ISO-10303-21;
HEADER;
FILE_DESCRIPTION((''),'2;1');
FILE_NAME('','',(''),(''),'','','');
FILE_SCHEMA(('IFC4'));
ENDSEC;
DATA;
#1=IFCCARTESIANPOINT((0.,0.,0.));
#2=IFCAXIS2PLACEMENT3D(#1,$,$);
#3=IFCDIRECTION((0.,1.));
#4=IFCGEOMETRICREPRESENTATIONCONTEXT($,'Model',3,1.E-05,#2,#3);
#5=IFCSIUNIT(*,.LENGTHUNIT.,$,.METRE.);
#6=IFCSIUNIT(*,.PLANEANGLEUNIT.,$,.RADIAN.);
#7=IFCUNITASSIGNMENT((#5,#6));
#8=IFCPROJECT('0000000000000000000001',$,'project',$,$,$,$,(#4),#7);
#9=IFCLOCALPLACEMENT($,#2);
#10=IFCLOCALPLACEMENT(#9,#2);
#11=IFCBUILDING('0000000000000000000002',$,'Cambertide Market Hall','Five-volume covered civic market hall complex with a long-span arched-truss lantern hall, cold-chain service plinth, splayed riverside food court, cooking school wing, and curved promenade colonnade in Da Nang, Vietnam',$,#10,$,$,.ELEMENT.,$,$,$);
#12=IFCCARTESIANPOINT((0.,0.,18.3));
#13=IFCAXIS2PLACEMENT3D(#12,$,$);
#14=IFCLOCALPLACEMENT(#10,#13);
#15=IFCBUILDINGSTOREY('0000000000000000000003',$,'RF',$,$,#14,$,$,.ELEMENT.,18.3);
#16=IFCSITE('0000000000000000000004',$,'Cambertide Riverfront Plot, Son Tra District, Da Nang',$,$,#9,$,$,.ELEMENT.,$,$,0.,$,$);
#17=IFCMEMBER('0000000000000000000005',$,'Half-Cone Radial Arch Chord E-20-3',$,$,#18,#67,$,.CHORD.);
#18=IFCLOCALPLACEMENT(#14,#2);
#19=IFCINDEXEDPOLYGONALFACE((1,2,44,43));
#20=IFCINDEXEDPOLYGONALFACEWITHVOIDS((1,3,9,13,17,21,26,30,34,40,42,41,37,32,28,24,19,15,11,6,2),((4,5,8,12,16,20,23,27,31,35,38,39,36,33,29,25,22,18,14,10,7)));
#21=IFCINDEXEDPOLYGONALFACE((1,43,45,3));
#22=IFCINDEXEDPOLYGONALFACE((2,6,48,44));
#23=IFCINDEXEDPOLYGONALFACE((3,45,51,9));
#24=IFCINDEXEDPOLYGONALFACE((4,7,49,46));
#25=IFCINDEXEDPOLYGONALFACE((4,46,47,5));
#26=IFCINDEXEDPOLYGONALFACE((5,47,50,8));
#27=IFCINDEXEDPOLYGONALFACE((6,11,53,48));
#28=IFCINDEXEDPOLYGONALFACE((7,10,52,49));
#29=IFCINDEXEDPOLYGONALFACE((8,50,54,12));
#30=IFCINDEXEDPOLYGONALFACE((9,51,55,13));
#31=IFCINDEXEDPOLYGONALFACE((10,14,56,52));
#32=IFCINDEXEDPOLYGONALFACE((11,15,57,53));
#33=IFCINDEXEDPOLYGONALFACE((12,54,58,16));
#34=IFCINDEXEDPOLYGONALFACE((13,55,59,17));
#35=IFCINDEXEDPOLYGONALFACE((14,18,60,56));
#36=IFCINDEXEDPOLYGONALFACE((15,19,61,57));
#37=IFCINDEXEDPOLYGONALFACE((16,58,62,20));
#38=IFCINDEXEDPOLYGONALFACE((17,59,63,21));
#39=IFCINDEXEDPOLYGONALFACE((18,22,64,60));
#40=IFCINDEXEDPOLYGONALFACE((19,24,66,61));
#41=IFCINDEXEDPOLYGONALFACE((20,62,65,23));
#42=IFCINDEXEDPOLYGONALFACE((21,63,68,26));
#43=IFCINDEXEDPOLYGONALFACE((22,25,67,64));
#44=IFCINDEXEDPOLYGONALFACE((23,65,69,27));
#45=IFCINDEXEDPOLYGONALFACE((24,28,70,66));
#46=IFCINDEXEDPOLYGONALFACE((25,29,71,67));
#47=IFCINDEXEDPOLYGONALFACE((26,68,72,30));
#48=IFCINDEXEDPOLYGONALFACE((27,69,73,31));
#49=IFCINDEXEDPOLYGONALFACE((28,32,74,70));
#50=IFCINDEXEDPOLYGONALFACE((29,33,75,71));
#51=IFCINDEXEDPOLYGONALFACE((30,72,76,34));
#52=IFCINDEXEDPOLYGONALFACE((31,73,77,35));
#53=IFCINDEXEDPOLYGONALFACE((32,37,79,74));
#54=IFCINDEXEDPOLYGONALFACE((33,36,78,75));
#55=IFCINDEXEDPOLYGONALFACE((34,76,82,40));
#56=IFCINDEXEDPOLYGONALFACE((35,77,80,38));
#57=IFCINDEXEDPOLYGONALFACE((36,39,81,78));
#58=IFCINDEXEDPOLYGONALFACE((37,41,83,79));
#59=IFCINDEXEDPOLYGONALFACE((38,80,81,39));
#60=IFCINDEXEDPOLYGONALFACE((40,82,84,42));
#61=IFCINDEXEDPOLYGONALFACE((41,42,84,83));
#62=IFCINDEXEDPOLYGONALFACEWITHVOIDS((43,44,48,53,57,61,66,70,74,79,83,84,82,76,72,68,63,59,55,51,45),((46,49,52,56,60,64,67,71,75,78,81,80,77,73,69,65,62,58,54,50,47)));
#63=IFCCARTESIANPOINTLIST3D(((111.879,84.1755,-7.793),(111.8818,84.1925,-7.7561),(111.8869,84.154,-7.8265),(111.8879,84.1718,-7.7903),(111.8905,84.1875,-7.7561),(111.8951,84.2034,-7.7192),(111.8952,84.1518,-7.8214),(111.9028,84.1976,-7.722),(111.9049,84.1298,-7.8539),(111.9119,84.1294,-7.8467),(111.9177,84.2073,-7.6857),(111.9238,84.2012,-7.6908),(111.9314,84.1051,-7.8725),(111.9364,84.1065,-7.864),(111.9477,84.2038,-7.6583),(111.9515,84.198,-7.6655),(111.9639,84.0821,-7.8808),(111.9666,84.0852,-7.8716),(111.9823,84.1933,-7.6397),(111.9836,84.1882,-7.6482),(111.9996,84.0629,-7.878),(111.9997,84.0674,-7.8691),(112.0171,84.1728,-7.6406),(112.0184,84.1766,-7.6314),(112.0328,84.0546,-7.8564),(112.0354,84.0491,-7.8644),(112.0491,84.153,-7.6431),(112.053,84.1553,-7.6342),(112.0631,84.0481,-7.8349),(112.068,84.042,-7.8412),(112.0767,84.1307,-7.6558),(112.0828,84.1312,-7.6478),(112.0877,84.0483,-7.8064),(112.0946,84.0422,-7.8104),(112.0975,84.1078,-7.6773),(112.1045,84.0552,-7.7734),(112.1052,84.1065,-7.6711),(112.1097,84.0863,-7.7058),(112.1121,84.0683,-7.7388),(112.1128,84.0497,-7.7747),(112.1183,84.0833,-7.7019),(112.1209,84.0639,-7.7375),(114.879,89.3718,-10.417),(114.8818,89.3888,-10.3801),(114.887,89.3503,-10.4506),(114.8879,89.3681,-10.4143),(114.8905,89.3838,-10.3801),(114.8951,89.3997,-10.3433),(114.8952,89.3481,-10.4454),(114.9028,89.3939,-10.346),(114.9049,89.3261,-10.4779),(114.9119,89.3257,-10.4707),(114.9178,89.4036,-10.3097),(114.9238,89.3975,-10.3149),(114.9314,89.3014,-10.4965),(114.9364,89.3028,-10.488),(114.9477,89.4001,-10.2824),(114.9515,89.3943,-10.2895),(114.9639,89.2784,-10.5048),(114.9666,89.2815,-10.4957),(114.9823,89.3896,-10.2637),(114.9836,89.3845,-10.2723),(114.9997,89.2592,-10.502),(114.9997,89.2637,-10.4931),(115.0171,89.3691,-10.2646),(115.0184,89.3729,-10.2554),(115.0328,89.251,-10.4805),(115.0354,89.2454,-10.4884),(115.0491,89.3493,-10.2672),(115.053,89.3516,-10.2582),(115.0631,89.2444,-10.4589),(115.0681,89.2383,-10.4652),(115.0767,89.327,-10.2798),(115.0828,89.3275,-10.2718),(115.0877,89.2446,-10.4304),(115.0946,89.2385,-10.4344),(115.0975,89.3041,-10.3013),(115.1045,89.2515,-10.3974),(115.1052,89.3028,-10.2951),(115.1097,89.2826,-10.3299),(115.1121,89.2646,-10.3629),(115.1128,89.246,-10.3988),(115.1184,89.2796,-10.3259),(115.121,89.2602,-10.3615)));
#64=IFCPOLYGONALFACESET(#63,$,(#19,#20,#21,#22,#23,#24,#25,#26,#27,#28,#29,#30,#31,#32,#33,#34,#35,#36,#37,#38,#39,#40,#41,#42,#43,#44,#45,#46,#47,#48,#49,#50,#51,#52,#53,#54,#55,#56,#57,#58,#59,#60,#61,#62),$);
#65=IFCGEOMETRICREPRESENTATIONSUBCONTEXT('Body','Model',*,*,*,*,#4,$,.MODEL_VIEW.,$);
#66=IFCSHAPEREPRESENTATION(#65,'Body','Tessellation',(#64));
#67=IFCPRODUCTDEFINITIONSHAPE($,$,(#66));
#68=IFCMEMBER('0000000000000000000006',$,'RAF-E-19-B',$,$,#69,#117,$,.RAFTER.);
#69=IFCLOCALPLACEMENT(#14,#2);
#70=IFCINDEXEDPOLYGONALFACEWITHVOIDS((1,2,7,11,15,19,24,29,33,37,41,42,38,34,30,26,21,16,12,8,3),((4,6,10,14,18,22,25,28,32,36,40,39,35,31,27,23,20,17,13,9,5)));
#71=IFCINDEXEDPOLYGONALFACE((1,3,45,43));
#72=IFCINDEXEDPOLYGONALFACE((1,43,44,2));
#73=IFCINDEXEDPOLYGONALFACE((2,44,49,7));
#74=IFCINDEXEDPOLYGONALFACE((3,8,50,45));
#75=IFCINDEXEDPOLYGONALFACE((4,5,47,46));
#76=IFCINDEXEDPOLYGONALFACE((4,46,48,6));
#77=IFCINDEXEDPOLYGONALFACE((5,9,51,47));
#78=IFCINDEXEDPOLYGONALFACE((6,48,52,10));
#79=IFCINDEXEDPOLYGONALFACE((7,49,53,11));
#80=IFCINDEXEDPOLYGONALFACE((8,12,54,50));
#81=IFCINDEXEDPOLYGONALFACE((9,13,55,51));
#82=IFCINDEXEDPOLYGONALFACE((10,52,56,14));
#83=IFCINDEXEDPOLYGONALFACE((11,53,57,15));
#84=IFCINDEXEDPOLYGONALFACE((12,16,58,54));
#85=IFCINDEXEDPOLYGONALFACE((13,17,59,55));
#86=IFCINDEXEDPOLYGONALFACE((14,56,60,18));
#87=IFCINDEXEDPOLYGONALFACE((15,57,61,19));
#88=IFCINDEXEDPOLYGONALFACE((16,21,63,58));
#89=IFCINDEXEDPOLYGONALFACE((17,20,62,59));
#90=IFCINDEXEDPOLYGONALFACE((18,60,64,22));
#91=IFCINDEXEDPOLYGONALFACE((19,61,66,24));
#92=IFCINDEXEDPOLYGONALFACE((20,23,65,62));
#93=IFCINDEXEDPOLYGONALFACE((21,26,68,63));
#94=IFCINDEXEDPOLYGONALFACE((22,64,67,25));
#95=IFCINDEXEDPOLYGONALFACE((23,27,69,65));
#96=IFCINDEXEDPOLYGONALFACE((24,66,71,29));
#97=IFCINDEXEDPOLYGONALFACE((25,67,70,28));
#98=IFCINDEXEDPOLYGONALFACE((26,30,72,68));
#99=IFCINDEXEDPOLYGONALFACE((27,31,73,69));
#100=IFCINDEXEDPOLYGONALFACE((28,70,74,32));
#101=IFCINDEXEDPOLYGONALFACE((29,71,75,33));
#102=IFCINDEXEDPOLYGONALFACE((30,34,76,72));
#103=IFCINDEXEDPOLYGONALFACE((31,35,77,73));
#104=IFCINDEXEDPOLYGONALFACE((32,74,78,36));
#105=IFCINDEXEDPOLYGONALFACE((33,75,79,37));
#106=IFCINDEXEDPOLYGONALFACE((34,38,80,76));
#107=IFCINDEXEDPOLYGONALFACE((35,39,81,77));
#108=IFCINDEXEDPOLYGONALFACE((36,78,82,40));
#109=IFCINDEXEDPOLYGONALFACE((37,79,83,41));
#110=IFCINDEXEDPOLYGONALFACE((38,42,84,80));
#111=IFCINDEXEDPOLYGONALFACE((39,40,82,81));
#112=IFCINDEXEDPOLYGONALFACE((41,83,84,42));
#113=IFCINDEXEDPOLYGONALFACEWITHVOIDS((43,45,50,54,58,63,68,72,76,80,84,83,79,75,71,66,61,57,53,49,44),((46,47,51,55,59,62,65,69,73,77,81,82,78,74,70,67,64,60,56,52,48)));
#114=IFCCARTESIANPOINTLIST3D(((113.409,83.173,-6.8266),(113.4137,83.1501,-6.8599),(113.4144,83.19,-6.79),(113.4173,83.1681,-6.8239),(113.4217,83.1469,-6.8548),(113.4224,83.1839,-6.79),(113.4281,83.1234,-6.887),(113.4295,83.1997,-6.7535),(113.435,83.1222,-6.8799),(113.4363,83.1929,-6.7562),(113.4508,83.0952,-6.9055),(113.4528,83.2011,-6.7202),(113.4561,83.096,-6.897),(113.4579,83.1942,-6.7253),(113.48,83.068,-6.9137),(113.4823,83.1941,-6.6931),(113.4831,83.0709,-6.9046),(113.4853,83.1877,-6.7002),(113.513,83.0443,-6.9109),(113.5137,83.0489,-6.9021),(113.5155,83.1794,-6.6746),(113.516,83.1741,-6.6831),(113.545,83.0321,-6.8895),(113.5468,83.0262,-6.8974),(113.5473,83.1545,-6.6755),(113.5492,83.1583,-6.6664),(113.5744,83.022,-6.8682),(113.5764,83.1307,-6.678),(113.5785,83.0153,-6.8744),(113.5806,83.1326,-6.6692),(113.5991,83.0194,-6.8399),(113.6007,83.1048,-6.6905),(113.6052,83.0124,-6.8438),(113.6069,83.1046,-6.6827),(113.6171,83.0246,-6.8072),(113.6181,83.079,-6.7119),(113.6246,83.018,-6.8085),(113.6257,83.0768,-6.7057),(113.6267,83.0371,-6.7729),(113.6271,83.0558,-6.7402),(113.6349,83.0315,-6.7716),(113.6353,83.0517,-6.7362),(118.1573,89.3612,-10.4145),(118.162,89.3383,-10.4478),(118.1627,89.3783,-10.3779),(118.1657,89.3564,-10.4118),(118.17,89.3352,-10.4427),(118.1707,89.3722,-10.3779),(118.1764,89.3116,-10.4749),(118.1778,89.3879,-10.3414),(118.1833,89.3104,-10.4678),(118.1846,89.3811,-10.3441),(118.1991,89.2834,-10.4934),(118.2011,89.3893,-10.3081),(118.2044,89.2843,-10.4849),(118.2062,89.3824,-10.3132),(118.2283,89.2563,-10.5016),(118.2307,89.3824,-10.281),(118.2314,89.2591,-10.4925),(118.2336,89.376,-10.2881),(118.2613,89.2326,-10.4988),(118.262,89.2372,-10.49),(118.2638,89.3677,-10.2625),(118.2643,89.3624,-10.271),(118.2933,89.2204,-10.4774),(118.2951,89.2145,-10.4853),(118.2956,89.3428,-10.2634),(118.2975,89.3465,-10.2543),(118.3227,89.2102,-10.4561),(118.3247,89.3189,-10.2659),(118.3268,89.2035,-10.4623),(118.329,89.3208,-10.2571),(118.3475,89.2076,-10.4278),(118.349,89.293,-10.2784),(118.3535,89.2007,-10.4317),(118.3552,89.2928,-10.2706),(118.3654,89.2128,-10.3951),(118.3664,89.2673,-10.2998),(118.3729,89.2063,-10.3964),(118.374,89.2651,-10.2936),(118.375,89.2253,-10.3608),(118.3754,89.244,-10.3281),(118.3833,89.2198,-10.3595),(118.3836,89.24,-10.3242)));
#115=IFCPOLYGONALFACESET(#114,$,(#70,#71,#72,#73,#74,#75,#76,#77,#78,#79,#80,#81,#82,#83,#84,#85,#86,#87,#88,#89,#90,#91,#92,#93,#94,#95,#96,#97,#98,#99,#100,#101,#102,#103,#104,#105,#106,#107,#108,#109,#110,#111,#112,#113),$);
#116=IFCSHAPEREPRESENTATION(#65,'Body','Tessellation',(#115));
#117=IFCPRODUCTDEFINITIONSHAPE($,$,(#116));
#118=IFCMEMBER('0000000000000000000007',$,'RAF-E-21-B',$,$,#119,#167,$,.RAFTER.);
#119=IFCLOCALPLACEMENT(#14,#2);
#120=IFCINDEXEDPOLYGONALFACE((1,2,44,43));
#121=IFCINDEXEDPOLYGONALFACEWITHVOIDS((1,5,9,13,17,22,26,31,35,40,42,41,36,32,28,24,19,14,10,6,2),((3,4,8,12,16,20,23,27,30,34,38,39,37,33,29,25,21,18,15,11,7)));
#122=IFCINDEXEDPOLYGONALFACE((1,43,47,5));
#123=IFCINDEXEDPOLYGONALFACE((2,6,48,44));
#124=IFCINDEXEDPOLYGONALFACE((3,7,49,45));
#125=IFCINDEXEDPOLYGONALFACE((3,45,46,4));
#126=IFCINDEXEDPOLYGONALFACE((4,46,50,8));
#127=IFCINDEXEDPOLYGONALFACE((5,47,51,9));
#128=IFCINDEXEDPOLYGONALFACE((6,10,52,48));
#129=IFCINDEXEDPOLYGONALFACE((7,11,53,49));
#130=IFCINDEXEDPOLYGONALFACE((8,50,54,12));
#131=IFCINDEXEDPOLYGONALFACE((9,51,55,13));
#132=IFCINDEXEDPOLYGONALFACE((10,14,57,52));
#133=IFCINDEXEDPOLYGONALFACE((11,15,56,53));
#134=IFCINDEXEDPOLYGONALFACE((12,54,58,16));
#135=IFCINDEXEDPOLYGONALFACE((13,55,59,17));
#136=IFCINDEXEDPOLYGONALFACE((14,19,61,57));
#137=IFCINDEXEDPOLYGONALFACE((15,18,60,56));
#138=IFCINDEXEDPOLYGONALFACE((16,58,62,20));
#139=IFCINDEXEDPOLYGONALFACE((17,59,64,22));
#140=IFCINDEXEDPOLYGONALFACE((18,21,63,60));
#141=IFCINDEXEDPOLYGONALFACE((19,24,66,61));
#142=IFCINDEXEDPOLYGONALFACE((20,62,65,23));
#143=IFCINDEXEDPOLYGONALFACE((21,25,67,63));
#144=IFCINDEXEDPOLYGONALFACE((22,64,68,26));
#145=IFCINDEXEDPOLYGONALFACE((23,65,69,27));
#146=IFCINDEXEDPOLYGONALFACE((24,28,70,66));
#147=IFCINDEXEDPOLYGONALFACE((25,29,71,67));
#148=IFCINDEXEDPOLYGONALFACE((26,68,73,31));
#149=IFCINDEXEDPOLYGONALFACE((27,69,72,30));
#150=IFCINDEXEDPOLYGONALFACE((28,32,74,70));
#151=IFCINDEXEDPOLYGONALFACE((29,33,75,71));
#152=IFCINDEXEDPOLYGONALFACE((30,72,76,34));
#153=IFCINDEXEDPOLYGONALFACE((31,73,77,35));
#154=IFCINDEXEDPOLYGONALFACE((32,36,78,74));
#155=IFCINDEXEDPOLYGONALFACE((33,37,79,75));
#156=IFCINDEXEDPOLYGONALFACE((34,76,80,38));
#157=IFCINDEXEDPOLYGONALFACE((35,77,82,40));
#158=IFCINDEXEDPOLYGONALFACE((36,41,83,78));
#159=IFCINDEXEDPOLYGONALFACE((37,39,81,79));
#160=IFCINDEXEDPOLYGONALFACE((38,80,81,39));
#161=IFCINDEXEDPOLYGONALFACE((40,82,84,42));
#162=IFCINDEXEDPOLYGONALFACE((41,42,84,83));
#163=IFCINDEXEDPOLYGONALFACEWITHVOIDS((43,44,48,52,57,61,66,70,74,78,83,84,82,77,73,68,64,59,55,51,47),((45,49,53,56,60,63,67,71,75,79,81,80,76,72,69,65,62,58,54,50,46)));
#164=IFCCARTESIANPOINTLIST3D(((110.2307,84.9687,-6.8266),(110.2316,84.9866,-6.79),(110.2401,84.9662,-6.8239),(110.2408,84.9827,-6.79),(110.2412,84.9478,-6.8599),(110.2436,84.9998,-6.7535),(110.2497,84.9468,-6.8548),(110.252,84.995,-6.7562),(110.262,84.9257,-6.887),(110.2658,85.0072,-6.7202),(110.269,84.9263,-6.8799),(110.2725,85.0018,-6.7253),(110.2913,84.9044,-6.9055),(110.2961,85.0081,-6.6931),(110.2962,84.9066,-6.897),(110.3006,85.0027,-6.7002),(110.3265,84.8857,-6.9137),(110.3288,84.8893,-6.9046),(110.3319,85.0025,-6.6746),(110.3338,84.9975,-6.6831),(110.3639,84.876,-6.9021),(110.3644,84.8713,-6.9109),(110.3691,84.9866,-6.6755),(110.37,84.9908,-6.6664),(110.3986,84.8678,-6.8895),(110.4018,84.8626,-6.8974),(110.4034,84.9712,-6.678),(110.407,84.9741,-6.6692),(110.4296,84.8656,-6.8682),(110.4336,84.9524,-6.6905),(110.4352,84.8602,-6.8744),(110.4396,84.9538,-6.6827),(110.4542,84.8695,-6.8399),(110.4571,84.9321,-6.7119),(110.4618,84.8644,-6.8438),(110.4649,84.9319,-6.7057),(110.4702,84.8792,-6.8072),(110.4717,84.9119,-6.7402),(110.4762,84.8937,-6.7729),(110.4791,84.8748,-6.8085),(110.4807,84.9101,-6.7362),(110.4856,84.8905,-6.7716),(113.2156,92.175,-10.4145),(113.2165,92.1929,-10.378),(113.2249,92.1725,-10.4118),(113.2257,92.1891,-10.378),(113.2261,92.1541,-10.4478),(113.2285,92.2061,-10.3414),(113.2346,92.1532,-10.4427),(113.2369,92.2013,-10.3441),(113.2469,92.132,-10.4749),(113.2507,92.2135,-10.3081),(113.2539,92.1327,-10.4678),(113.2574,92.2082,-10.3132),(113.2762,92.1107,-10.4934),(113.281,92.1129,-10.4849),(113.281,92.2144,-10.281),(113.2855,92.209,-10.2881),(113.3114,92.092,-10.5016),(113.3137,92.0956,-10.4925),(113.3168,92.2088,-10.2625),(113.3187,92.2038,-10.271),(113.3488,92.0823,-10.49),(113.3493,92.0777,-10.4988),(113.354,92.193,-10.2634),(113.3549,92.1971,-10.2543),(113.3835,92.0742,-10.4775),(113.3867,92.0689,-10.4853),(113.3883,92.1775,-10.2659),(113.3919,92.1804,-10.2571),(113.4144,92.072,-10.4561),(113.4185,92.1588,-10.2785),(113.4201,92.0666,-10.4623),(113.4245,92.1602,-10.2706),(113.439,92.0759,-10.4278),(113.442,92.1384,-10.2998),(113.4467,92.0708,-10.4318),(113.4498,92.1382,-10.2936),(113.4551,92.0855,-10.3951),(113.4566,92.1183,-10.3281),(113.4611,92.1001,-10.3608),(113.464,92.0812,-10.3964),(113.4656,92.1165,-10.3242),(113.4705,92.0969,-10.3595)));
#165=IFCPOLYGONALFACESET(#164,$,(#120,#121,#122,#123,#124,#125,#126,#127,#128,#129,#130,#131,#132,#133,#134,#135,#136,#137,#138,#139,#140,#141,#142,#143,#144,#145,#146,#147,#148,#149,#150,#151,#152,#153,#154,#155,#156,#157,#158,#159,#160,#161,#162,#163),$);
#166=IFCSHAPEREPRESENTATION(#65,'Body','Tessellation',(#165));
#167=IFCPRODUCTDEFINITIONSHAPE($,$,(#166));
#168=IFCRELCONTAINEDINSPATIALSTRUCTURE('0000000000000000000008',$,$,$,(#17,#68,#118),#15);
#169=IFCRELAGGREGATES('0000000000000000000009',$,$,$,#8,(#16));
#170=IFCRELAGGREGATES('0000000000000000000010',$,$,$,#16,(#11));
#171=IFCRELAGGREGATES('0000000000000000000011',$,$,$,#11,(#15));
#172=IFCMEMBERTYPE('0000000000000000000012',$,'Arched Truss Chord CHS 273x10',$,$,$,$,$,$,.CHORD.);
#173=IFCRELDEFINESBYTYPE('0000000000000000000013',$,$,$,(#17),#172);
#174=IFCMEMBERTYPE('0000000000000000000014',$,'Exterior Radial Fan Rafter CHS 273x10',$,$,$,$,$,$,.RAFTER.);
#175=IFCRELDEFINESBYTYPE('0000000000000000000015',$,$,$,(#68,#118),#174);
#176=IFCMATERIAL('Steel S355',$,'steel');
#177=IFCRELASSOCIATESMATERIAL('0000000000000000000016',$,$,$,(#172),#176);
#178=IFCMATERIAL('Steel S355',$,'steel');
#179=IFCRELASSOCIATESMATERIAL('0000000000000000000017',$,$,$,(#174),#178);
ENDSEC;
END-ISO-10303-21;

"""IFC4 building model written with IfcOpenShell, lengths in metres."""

from ifc_helpers import new_model, si_unit, direction, frame, origin, origin_2d, place, context, subcontext, project, spatial, hollow_circle, extrude, material, material_profile, profile_set, type_object, element, save


model = new_model("IFC4")

# Units and contexts
model_context = context("Model", 3, precision=1e-05, world=origin(), true_north=direction((0.0, 1.0)))
body_context = subcontext(model_context, "Body", "Model", "MODEL_VIEW")
ifc_project = project(units=[si_unit("LENGTHUNIT", "METRE"), si_unit("PLANEANGLEUNIT", "RADIAN")], contexts=[model_context])

# Site, building, storey
site_placement = place(None, origin())
site = spatial("IfcSite", under=ifc_project, at=site_placement, Name="Cambertide Riverfront Plot, Son Tra District, Da Nang", CompositionType="ELEMENT", RefElevation=0.0)
building_placement = place(site_placement, origin())
building = spatial("IfcBuilding", under=site, at=building_placement, Name="Cambertide Market Hall", Description="Five-volume covered civic market hall complex with a long-span arched-truss lantern hall, cold-chain service plinth, splayed riverside food court, cooking school wing, and curved promenade colonnade in Da Nang, Vietnam", CompositionType="ELEMENT")
storey_placement = place(building_placement, frame((0.0, 0.0, 18.3)))
storey = spatial("IfcBuildingStorey", under=building, at=storey_placement, Name="RF", CompositionType="ELEMENT", Elevation=18.3)

# Members
ifc_material_1 = material(Name="Steel S355", Category="steel")
ifc_material_profile_1 = material_profile(ifc_material_1, hollow_circle(Radius=0.1365, WallThickness=0.01, at=origin_2d()), Name="CHS 273x10")
ifc_profile_set_1 = profile_set([ifc_material_profile_1], Name="Steel S355")
member_type_1 = type_object("IfcMemberType", Name="Arched Truss Chord CHS 273x10", PredefinedType="CHORD", material=ifc_profile_set_1)
member_1_placement = place(storey_placement, frame((112.0, 84.1243, -7.7561), z_axis=(0.458098, 0.793471, -0.400687), x_axis=(-0.866031, 0.49999, 0.0)))
element("IfcMember", 1, at=member_1_placement, inside=storey, type_object=member_type_1, Name="Half-Cone Radial Arch Chord E-20-3", PredefinedType="CHORD", context=body_context, shape_type="SweptSolid", body=[
    extrude(hollow_circle(Radius=0.1365, WallThickness=0.01, at=origin_2d()), origin(), (0.0, 0.0, 1.0), 6.5488),
])
ifc_material_2 = material(Name="Steel S355", Category="steel")
ifc_material_profile_2 = material_profile(ifc_material_2, hollow_circle(Radius=0.1365, WallThickness=0.01, at=origin_2d()), Name="CHS 273x10")
ifc_profile_set_2 = profile_set([ifc_material_profile_2], Name="Steel S355")
member_type_2 = type_object("IfcMemberType", Name="Exterior Radial Fan Rafter CHS 273x10", PredefinedType="RAFTER", material=ifc_profile_set_2)
for number, where, z_axis, x_axis, name in (
    (2, (113.5227, 83.1069, -6.79), (0.553049, 0.720764, -0.417894), (-0.79336, 0.608753, 0.0), "RAF-E-19-B"),
    (3, (110.3577, 84.9343, -6.79), (0.347658, 0.839344, -0.417895), (-0.923883, 0.382674, 0.0), "RAF-E-21-B"),
):
    element("IfcMember", number, at=place(storey_placement, frame(where, z_axis=z_axis, x_axis=x_axis)), inside=storey, type_object=member_type_2, Name=name, PredefinedType="RAFTER", context=body_context, shape_type="SweptSolid", body=[
        extrude(hollow_circle(Radius=0.1365, WallThickness=0.01, at=origin_2d()), origin(), (0.0, 0.0, 1.0), 8.5857),
    ])

save(model, "model.ifc")
